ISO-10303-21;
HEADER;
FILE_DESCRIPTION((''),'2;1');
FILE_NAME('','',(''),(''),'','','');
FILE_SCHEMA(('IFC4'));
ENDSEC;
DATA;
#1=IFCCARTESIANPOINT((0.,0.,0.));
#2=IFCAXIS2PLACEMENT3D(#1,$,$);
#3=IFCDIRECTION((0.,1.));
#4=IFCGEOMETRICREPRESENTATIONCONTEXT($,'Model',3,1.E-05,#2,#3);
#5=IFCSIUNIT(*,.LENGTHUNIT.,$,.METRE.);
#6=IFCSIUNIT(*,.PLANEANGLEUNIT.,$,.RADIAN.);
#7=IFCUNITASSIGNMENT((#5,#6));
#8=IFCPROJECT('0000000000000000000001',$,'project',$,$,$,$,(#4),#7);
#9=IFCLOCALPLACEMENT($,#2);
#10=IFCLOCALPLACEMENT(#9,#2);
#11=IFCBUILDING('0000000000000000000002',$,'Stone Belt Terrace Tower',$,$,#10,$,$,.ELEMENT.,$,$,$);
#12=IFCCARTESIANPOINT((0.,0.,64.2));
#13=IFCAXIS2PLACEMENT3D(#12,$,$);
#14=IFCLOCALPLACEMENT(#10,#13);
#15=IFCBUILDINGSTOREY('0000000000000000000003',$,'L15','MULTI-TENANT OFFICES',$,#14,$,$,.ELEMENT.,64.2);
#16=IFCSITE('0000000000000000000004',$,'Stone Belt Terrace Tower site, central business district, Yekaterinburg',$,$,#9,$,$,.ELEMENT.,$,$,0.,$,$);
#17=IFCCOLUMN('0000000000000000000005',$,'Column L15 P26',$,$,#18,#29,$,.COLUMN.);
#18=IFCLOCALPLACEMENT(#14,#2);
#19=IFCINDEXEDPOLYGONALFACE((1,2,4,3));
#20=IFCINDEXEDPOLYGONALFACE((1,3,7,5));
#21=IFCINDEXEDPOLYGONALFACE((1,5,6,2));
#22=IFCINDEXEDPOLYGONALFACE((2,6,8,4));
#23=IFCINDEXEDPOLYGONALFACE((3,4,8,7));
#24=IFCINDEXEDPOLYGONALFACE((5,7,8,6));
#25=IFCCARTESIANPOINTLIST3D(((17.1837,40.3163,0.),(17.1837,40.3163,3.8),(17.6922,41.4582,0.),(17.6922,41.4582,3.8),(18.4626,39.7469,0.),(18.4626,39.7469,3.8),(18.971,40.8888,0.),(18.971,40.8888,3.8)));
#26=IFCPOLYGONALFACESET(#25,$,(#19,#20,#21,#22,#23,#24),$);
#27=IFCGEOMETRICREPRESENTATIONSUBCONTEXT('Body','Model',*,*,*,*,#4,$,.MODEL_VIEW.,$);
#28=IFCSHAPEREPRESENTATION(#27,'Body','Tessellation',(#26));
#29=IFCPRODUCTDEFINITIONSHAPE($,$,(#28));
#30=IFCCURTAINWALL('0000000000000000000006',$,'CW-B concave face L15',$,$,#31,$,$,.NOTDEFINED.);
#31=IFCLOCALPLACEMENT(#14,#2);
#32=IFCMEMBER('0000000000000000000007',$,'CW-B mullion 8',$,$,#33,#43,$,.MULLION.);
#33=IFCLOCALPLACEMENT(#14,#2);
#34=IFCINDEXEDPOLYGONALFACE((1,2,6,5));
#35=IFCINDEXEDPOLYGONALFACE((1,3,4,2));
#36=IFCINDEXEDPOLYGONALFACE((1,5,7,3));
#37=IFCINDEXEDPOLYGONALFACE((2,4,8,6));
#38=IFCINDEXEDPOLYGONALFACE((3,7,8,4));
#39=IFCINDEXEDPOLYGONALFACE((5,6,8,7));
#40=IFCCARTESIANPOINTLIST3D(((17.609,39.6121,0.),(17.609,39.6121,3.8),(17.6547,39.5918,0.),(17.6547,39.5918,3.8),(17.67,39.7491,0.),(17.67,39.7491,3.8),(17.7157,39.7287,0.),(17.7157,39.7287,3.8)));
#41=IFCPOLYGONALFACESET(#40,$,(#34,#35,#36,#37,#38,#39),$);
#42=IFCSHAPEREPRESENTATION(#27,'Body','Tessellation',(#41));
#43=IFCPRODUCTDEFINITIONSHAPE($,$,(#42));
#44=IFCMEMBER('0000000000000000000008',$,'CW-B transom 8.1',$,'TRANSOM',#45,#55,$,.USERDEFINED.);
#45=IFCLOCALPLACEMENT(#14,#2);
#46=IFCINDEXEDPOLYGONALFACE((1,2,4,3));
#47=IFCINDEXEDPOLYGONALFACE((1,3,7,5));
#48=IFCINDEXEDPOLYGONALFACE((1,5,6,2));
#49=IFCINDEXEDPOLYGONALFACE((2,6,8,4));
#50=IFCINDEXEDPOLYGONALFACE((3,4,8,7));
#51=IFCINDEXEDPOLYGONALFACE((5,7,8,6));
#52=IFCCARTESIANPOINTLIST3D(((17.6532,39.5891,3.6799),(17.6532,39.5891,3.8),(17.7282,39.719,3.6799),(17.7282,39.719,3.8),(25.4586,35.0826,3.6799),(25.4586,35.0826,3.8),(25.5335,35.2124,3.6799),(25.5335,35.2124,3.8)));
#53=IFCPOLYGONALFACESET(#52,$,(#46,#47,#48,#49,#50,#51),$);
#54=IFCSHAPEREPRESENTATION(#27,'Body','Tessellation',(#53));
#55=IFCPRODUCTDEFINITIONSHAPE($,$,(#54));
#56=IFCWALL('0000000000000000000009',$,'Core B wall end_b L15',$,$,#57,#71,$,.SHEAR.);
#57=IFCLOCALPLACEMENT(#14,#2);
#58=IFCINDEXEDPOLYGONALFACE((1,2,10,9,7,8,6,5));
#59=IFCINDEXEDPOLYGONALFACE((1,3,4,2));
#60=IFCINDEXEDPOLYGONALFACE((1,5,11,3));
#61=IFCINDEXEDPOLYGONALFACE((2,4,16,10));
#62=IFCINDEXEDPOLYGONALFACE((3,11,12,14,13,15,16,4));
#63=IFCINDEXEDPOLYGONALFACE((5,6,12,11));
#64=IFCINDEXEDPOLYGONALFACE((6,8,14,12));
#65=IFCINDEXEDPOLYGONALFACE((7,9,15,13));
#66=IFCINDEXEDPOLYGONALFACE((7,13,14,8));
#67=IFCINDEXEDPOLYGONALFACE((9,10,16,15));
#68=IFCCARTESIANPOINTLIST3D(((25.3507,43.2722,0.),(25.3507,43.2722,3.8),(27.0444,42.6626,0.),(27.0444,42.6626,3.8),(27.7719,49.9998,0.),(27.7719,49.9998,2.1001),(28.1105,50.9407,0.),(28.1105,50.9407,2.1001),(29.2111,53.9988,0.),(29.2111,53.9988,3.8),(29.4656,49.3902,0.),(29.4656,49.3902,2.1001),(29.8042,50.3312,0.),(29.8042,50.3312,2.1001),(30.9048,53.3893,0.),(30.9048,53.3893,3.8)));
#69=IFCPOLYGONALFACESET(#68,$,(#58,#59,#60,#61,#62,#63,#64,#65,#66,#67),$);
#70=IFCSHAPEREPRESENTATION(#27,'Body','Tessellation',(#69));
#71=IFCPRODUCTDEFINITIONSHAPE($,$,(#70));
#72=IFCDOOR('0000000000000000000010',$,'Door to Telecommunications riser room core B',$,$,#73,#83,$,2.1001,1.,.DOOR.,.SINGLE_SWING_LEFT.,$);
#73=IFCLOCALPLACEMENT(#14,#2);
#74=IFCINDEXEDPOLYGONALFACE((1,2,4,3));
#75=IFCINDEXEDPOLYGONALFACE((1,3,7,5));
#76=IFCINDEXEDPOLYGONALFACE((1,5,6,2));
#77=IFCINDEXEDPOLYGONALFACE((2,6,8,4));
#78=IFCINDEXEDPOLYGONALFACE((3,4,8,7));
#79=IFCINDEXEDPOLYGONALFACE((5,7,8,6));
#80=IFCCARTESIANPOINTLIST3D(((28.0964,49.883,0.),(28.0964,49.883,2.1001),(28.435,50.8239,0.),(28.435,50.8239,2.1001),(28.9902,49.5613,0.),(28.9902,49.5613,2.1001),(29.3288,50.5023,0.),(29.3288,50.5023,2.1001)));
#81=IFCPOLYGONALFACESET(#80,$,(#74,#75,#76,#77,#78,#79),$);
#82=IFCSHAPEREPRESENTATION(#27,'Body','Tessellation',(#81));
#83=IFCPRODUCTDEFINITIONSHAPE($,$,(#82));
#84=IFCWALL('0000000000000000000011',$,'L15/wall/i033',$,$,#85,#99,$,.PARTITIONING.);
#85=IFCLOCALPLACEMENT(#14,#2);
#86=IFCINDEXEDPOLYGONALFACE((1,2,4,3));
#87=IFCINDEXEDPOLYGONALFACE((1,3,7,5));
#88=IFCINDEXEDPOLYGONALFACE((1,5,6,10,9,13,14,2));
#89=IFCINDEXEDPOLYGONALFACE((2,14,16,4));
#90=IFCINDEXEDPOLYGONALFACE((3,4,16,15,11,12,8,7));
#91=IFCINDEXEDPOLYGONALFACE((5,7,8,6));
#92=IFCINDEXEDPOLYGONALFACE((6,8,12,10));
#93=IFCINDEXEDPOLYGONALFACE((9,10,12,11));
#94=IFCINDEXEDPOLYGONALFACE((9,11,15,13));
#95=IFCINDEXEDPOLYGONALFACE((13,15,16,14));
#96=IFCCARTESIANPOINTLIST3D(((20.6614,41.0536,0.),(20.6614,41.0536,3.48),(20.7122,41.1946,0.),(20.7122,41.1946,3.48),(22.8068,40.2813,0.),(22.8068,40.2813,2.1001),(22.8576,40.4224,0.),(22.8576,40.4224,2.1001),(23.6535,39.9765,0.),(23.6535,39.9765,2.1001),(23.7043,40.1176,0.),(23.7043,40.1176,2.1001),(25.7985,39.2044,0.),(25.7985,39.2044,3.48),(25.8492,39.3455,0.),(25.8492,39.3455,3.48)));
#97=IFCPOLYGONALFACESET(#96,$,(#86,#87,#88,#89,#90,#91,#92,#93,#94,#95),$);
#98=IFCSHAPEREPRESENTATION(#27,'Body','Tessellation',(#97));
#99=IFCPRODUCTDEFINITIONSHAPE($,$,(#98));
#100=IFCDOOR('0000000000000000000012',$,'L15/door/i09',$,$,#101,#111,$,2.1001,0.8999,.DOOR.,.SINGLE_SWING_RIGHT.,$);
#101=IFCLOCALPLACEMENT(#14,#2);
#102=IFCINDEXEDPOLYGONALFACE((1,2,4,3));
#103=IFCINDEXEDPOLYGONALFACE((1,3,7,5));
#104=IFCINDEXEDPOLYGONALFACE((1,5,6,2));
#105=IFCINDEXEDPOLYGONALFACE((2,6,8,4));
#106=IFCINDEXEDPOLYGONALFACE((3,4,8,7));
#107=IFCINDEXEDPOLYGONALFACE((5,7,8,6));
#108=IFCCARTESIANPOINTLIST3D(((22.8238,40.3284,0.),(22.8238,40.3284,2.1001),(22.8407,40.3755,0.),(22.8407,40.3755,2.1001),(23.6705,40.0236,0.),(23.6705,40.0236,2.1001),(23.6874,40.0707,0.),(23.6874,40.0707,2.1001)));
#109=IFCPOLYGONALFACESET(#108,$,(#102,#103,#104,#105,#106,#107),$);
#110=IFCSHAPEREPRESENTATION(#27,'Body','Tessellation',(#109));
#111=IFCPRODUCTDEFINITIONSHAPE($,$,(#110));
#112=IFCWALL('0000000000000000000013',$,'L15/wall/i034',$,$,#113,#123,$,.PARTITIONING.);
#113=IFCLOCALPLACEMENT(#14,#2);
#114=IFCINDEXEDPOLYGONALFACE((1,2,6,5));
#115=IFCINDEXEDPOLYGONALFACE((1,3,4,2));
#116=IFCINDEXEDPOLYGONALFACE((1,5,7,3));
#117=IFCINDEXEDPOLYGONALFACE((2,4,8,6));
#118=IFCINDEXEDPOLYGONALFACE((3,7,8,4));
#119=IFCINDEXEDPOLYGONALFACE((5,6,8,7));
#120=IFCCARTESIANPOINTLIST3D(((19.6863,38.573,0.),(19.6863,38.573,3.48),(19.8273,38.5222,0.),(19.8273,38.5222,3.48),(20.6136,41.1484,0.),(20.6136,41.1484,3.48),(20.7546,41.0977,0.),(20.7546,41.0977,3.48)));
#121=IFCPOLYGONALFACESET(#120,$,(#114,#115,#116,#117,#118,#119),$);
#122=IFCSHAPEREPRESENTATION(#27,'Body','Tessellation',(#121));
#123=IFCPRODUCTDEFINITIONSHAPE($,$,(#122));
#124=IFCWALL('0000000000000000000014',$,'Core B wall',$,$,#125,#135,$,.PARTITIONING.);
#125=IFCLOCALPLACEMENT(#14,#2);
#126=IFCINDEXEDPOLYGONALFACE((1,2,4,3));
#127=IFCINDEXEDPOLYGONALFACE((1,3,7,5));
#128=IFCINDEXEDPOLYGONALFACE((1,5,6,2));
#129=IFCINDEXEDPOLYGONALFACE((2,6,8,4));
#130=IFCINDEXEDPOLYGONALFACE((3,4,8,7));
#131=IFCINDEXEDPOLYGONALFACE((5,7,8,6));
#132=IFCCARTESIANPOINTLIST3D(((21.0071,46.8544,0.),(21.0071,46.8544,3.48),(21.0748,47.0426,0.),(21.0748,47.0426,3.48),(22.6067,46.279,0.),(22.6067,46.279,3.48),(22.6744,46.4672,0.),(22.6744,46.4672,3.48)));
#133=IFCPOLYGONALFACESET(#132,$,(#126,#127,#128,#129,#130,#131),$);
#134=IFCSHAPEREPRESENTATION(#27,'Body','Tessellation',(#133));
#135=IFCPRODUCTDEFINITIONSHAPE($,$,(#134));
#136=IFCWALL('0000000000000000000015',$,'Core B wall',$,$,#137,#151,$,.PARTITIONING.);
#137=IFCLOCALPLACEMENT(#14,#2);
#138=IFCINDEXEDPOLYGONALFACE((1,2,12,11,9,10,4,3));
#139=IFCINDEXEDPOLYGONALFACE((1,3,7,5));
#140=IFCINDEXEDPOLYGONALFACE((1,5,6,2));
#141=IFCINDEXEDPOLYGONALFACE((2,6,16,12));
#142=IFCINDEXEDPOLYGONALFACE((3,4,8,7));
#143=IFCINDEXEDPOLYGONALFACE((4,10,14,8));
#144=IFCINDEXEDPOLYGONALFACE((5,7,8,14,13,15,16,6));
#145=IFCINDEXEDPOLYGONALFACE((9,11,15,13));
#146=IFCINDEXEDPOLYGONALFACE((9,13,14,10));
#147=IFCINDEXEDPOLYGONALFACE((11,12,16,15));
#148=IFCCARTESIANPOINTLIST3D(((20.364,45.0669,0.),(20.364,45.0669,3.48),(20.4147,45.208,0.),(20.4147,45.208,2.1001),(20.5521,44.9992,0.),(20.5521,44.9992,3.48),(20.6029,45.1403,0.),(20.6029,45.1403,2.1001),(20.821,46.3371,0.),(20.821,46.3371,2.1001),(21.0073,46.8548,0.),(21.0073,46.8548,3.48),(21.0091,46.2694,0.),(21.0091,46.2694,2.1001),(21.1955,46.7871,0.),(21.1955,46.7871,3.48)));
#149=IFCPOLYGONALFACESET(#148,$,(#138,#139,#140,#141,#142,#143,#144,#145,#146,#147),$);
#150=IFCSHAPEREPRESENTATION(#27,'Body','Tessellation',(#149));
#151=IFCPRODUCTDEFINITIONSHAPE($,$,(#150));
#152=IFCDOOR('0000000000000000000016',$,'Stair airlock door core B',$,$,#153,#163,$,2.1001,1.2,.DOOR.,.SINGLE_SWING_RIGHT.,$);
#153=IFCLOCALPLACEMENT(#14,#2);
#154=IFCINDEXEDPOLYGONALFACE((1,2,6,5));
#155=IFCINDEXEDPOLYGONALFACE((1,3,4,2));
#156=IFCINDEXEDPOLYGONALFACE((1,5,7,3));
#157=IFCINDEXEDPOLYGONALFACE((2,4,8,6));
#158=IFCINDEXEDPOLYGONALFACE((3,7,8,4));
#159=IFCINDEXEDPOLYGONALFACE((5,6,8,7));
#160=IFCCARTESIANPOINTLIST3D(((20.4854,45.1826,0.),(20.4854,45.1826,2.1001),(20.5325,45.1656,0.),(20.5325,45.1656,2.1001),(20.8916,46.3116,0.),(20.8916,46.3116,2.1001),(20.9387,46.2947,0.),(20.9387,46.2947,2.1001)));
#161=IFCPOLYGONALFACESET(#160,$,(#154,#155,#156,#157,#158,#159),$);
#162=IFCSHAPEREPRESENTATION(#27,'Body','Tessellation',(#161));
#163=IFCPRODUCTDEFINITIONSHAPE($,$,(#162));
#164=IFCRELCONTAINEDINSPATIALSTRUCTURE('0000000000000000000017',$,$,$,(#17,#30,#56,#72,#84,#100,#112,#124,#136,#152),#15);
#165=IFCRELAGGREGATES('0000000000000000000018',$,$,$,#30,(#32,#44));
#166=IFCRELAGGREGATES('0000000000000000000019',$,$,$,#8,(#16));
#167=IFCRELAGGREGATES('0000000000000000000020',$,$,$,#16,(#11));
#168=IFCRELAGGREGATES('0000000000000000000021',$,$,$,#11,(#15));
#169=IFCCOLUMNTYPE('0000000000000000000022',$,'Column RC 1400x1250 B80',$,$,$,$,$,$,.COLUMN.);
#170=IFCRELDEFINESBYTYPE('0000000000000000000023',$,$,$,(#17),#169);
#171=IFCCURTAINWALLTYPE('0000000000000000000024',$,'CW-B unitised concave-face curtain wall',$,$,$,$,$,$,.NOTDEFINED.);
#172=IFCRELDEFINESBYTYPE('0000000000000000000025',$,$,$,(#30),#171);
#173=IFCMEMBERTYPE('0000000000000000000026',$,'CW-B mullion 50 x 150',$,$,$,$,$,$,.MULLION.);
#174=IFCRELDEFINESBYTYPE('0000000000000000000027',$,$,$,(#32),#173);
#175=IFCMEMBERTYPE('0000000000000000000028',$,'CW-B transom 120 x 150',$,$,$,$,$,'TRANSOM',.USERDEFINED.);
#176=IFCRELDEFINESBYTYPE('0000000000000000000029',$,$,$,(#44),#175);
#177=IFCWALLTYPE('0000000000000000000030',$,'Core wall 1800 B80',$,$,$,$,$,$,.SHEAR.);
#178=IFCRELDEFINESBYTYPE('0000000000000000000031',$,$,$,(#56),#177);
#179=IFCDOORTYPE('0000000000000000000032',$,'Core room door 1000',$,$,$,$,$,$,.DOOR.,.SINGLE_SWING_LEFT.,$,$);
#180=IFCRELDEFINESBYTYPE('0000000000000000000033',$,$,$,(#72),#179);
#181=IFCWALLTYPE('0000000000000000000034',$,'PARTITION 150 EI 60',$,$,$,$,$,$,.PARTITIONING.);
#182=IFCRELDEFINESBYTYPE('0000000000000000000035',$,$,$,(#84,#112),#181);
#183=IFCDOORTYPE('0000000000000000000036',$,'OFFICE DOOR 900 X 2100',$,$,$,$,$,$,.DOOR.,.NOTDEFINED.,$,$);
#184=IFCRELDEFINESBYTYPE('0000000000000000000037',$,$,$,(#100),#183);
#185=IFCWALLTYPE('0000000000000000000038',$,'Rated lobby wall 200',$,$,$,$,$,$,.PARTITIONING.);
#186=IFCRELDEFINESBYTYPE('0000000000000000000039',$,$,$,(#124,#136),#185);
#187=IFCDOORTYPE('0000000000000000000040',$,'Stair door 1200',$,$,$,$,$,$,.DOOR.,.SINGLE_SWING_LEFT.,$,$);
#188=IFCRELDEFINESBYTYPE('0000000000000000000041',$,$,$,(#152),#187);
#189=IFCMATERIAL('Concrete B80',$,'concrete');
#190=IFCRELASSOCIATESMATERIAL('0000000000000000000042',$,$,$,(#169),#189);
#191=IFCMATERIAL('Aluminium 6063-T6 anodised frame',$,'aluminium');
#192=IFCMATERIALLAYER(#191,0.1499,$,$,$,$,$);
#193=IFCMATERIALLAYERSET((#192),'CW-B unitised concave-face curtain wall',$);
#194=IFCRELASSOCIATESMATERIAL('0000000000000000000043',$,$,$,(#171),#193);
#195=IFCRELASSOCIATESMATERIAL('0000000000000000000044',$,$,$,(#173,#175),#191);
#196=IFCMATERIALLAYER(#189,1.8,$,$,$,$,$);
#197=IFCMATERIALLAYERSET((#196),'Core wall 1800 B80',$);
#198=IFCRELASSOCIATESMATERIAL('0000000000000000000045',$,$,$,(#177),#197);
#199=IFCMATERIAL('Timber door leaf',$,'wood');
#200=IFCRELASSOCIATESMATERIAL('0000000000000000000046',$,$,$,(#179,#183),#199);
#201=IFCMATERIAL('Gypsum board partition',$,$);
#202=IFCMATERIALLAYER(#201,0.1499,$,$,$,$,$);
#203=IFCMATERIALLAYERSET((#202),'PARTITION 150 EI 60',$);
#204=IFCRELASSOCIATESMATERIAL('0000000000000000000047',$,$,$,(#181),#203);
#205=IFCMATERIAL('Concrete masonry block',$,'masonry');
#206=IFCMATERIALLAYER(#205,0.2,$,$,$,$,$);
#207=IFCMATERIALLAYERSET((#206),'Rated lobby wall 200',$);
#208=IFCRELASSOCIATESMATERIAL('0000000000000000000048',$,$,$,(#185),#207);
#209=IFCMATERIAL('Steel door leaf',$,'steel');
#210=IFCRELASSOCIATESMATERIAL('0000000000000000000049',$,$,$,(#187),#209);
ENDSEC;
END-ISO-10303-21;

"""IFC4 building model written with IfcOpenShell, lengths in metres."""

from ifc_helpers import new_model, si_unit, direction, frame, frame_2d, origin, origin_2d, place, context, subcontext, project, spatial, rectangle, extrude, material, layer, layer_set, material_profile, profile_set, type_object, element, fill, aggregate, save


model = new_model("IFC4")

# Units and contexts
model_context = context("Model", 3, precision=1e-05, world=origin(), true_north=direction((0.0, 1.0)))
body_context = subcontext(model_context, "Body", "Model", "MODEL_VIEW")
ifc_project = project(units=[si_unit("LENGTHUNIT", "METRE"), si_unit("PLANEANGLEUNIT", "RADIAN")], contexts=[model_context])

# Site, building, storey
site_placement = place(None, origin())
site = spatial("IfcSite", under=ifc_project, at=site_placement, Name="Stone Belt Terrace Tower site, central business district, Yekaterinburg", CompositionType="ELEMENT", RefElevation=0.0)
building_placement = place(site_placement, origin())
building = spatial("IfcBuilding", under=site, at=building_placement, Name="Stone Belt Terrace Tower", CompositionType="ELEMENT")
storey_placement = place(building_placement, frame((0.0, 0.0, 64.2)))
storey = spatial("IfcBuildingStorey", under=building, at=storey_placement, Name="L15", Description="MULTI-TENANT OFFICES", CompositionType="ELEMENT", Elevation=64.2)

# Column
ifc_material_1 = material(Name="Concrete B80", Category="concrete")
ifc_material_profile_1 = material_profile(ifc_material_1, rectangle(XDim=1.3999, YDim=1.25, at=origin_2d()), Name="RC 1400x1250")
ifc_profile_set_1 = profile_set([ifc_material_profile_1], Name="Concrete B80")
column_type = type_object("IfcColumnType", Name="Column RC 1400x1250 B80", PredefinedType="COLUMN", material=ifc_profile_set_1)
column_placement = place(storey_placement, frame((18.0774, 40.6025, 0.0), z_axis=(0.0, 0.0, 1.0), x_axis=(0.913545, -0.406737, 0.0)))
element("IfcColumn", 1, at=column_placement, inside=storey, type_object=column_type, Name="Column L15 P26", PredefinedType="COLUMN", context=body_context, shape_type="SweptSolid", body=[
    extrude(rectangle(XDim=1.3999, YDim=1.25, at=origin_2d()), origin(), (0.0, 0.0, 1.0), 3.8),
])

# Curtain wall, members
ifc_material_2 = material(Name="Aluminium 6063-T6 anodised frame", Category="aluminium")
ifc_layer_1 = layer(ifc_material_2, 0.1499)
ifc_layer_set_1 = layer_set([ifc_layer_1], Name="CW-B unitised concave-face curtain wall")
curtain_wall_type = type_object("IfcCurtainWallType", Name="CW-B unitised concave-face curtain wall", PredefinedType="NOTDEFINED", material=ifc_layer_set_1)
curtain_wall_placement = place(storey_placement, origin())
curtain_wall = element("IfcCurtainWall", 2, at=curtain_wall_placement, inside=storey, type_object=curtain_wall_type, Name="CW-B concave face L15", PredefinedType="NOTDEFINED")
ifc_material_profile_2 = material_profile(ifc_material_2, rectangle(XDim=0.1499, YDim=0.05, at=origin_2d()), Name="Aluminium 6063-T6 50x150")
ifc_profile_set_2 = profile_set([ifc_material_profile_2], Name="Aluminium 6063-T6 anodised frame")
member_type_1 = type_object("IfcMemberType", Name="CW-B mullion 50 x 150", PredefinedType="MULLION", material=ifc_profile_set_2)
member_1_placement = place(storey_placement, frame((17.6624, 39.6704, 0.0), z_axis=(0.0, 0.0, 1.0), x_axis=(0.406737, 0.913545, 0.0)))
member_1 = element("IfcMember", 3, at=member_1_placement, type_object=member_type_1, Name="CW-B mullion 8", PredefinedType="MULLION", context=body_context, shape_type="SweptSolid", body=[
    extrude(rectangle(XDim=0.1499, YDim=0.05, at=origin_2d()), origin(), (0.0, 0.0, 1.0), 3.8),
])
ifc_material_profile_3 = material_profile(ifc_material_2, rectangle(XDim=0.1499, YDim=0.1201, at=origin_2d()), Name="Aluminium 6063-T6 150x120")
ifc_profile_set_3 = profile_set([ifc_material_profile_3], Name="Aluminium 6063-T6 anodised frame")
member_type_2 = type_object("IfcMemberType", Name="CW-B transom 120 x 150", ElementType="TRANSOM", PredefinedType="USERDEFINED", material=ifc_profile_set_3)
member_2_placement = place(storey_placement, frame((17.6907, 39.6541, 3.74), z_axis=(0.866019, -0.500011, 0.0), x_axis=(0.500011, 0.866019, 0.0)))
member_2 = element("IfcMember", 4, at=member_2_placement, type_object=member_type_2, Name="CW-B transom 8.1", ObjectType="TRANSOM", PredefinedType="USERDEFINED", context=body_context, shape_type="SweptSolid", body=[
    extrude(rectangle(XDim=0.1499, YDim=0.1201, at=origin_2d()), origin(), (0.0, 0.0, 1.0), 9.0129),
])
aggregate(curtain_wall, [member_1, member_2])

# Walls, openings, doors
ifc_layer_2 = layer(ifc_material_1, 1.8)
ifc_layer_set_2 = layer_set([ifc_layer_2], Name="Core wall 1800 B80")
wall_type_1 = type_object("IfcWallType", Name="Core wall 1800 B80", PredefinedType="SHEAR", material=ifc_layer_set_2)
wall_1_placement = place(storey_placement, frame((26.1975, 42.9673, 0.0), z_axis=(0.0, 0.0, 1.0), x_axis=(0.338625, 0.940921, 0.0)))
wall_1 = element("IfcWall", 5, at=wall_1_placement, inside=storey, type_object=wall_type_1, Name="Core B wall end_b L15", PredefinedType="SHEAR", context=body_context, shape_type="SweptSolid", body=[
    extrude(rectangle(XDim=11.4001, YDim=1.8, at=frame_2d((5.7002, 0.0))), origin(), (0.0, 0.0, 1.0), 3.8),
])
opening_1_placement = place(wall_1_placement, frame((7.1501, 0.0, 0.0)))
opening_1 = element("IfcOpeningElement", 6, at=opening_1_placement, cuts=wall_1, PredefinedType="OPENING", context=body_context, shape_type="SweptSolid", body=[
    extrude(rectangle(XDim=1.0, YDim=2.1001, at=frame_2d((0.5, 1.05))), frame((0.0, 0.9099, 0.0), z_axis=(0.0, -1.0, 0.0), x_axis=(1.0, 0.0, 0.0)), (0.0, 0.0, 1.0), 1.8201),
])
ifc_material_3 = material(Name="Timber door leaf", Category="wood")
door_type_1 = type_object("IfcDoorType", Name="Core room door 1000", OperationType="SINGLE_SWING_LEFT", PredefinedType="DOOR", material=ifc_material_3)
door_1_placement = place(opening_1_placement, origin())
door_1 = element("IfcDoor", 7, at=door_1_placement, inside=storey, type_object=door_type_1, Name="Door to Telecommunications riser room core B", OperationType="SINGLE_SWING_LEFT", OverallHeight=2.1001, OverallWidth=1.0, PredefinedType="DOOR", context=body_context, shape_type="SweptSolid", body=[
    extrude(rectangle(XDim=1.0, YDim=2.1001, at=frame_2d((0.5, 1.05))), frame((0.0, 0.5552, 0.0), z_axis=(0.0, -1.0, 0.0), x_axis=(1.0, 0.0, 0.0)), (0.0, 0.0, 1.0), 0.95),
])
fill(opening_1, door_1)
ifc_material_4 = material(Name="Gypsum board partition")
ifc_layer_3 = layer(ifc_material_4, 0.1499)
ifc_layer_set_3 = layer_set([ifc_layer_3], Name="PARTITION 150 EI 60")
wall_type_2 = type_object("IfcWallType", Name="PARTITION 150 EI 60", PredefinedType="PARTITIONING", material=ifc_layer_set_3)
wall_2_placement = place(storey_placement, frame((25.824, 39.2749, 0.0), z_axis=(0.0, 0.0, 1.0), x_axis=(-0.940898, 0.338689, 0.0)))
wall_2 = element("IfcWall", 8, at=wall_2_placement, inside=storey, type_object=wall_type_2, Name="L15/wall/i033", PredefinedType="PARTITIONING", context=body_context, shape_type="SweptSolid", body=[
    extrude(rectangle(XDim=5.4597, YDim=0.1499, at=frame_2d((2.73, 0.0))), origin(), (0.0, 0.0, 1.0), 3.48),
])
opening_2_placement = place(wall_2_placement, frame((2.2798, 0.0, 0.0)))
opening_2 = element("IfcOpeningElement", 9, at=opening_2_placement, cuts=wall_2, PredefinedType="OPENING", context=body_context, shape_type="SweptSolid", body=[
    extrude(rectangle(XDim=0.8999, YDim=2.1001, at=frame_2d((0.45, 1.05))), frame((0.0, 0.085, 0.0), z_axis=(0.0, -1.0, 0.0), x_axis=(1.0, 0.0, 0.0)), (0.0, 0.0, 1.0), 0.1699),
])
door_type_2 = type_object("IfcDoorType", Name="OFFICE DOOR 900 X 2100", OperationType="NOTDEFINED", PredefinedType="DOOR", material=ifc_material_3)
door_2_placement = place(opening_2_placement, origin())
door_2 = element("IfcDoor", 10, at=door_2_placement, inside=storey, type_object=door_type_2, Name="L15/door/i09", OperationType="SINGLE_SWING_RIGHT", OverallHeight=2.1001, OverallWidth=0.8999, PredefinedType="DOOR", context=body_context, shape_type="SweptSolid", body=[
    extrude(rectangle(XDim=0.8999, YDim=2.1001, at=frame_2d((0.45, 1.05))), frame((0.0, 0.0249, 0.0), z_axis=(0.0, -1.0, 0.0), x_axis=(1.0, 0.0, 0.0)), (0.0, 0.0, 1.0), 0.05),
])
fill(opening_2, door_2)

# Walls
wall_3_placement = place(storey_placement, frame((20.6841, 41.123, 0.0), z_axis=(0.0, 0.0, 1.0), x_axis=(-0.338748, -0.940877, 0.0)))
element("IfcWall", 11, at=wall_3_placement, inside=storey, type_object=wall_type_2, Name="L15/wall/i034", PredefinedType="PARTITIONING", context=body_context, shape_type="SweptSolid", body=[
    extrude(rectangle(XDim=2.7373, YDim=0.1499, at=frame_2d((1.3687, 0.0))), origin(), (0.0, 0.0, 1.0), 3.48),
])
ifc_material_5 = material(Name="Concrete masonry block", Category="masonry")
ifc_layer_4 = layer(ifc_material_5, 0.2)
ifc_layer_set_4 = layer_set([ifc_layer_4], Name="Rated lobby wall 200")
wall_type_3 = type_object("IfcWallType", Name="Rated lobby wall 200", PredefinedType="PARTITIONING", material=ifc_layer_set_4)
wall_4_placement = place(storey_placement, frame((22.6406, 46.373, 0.0), z_axis=(0.0, 0.0, 1.0), x_axis=(-0.940966, 0.338501, 0.0)))
element("IfcWall", 12, at=wall_4_placement, inside=storey, type_object=wall_type_3, Name="Core B wall", PredefinedType="PARTITIONING", context=body_context, shape_type="SweptSolid", body=[
    extrude(rectangle(XDim=1.7, YDim=0.2, at=frame_2d((0.8501, 0.0))), origin(), (0.0, 0.0, 1.0), 3.48),
])

# Wall, opening, door
wall_5_placement = place(storey_placement, frame((20.458, 45.033, 0.0), z_axis=(0.0, 0.0, 1.0), x_axis=(0.338574, 0.94094, 0.0)))
wall_5 = element("IfcWall", 13, at=wall_5_placement, inside=storey, type_object=wall_type_3, Name="Core B wall", PredefinedType="PARTITIONING", context=body_context, shape_type="SweptSolid", body=[
    extrude(rectangle(XDim=1.9001, YDim=0.2, at=frame_2d((0.9502, 0.0))), origin(), (0.0, 0.0, 1.0), 3.48),
])
opening_3_placement = place(wall_5_placement, frame((0.1499, 0.0, 0.0)))
opening_3 = element("IfcOpeningElement", 14, at=opening_3_placement, cuts=wall_5, PredefinedType="OPENING", context=body_context, shape_type="SweptSolid", body=[
    extrude(rectangle(XDim=1.2, YDim=2.1001, at=frame_2d((0.6001, 1.05))), frame((0.0, 0.1099, 0.0), z_axis=(0.0, -1.0, 0.0), x_axis=(1.0, 0.0, 0.0)), (0.0, 0.0, 1.0), 0.22),
])
ifc_material_6 = material(Name="Steel door leaf", Category="steel")
door_type_3 = type_object("IfcDoorType", Name="Stair door 1200", OperationType="SINGLE_SWING_LEFT", PredefinedType="DOOR", material=ifc_material_6)
door_3_placement = place(opening_3_placement, origin())
door_3 = element("IfcDoor", 15, at=door_3_placement, inside=storey, type_object=door_type_3, Name="Stair airlock door core B", OperationType="SINGLE_SWING_RIGHT", OverallHeight=2.1001, OverallWidth=1.2, PredefinedType="DOOR", context=body_context, shape_type="SweptSolid", body=[
    extrude(rectangle(XDim=1.2, YDim=2.1001, at=frame_2d((0.6001, 1.05))), frame((0.0, 0.0249, 0.0), z_axis=(0.0, -1.0, 0.0), x_axis=(1.0, 0.0, 0.0)), (0.0, 0.0, 1.0), 0.05),
])
fill(opening_3, door_3)

save(model, "model.ifc")
